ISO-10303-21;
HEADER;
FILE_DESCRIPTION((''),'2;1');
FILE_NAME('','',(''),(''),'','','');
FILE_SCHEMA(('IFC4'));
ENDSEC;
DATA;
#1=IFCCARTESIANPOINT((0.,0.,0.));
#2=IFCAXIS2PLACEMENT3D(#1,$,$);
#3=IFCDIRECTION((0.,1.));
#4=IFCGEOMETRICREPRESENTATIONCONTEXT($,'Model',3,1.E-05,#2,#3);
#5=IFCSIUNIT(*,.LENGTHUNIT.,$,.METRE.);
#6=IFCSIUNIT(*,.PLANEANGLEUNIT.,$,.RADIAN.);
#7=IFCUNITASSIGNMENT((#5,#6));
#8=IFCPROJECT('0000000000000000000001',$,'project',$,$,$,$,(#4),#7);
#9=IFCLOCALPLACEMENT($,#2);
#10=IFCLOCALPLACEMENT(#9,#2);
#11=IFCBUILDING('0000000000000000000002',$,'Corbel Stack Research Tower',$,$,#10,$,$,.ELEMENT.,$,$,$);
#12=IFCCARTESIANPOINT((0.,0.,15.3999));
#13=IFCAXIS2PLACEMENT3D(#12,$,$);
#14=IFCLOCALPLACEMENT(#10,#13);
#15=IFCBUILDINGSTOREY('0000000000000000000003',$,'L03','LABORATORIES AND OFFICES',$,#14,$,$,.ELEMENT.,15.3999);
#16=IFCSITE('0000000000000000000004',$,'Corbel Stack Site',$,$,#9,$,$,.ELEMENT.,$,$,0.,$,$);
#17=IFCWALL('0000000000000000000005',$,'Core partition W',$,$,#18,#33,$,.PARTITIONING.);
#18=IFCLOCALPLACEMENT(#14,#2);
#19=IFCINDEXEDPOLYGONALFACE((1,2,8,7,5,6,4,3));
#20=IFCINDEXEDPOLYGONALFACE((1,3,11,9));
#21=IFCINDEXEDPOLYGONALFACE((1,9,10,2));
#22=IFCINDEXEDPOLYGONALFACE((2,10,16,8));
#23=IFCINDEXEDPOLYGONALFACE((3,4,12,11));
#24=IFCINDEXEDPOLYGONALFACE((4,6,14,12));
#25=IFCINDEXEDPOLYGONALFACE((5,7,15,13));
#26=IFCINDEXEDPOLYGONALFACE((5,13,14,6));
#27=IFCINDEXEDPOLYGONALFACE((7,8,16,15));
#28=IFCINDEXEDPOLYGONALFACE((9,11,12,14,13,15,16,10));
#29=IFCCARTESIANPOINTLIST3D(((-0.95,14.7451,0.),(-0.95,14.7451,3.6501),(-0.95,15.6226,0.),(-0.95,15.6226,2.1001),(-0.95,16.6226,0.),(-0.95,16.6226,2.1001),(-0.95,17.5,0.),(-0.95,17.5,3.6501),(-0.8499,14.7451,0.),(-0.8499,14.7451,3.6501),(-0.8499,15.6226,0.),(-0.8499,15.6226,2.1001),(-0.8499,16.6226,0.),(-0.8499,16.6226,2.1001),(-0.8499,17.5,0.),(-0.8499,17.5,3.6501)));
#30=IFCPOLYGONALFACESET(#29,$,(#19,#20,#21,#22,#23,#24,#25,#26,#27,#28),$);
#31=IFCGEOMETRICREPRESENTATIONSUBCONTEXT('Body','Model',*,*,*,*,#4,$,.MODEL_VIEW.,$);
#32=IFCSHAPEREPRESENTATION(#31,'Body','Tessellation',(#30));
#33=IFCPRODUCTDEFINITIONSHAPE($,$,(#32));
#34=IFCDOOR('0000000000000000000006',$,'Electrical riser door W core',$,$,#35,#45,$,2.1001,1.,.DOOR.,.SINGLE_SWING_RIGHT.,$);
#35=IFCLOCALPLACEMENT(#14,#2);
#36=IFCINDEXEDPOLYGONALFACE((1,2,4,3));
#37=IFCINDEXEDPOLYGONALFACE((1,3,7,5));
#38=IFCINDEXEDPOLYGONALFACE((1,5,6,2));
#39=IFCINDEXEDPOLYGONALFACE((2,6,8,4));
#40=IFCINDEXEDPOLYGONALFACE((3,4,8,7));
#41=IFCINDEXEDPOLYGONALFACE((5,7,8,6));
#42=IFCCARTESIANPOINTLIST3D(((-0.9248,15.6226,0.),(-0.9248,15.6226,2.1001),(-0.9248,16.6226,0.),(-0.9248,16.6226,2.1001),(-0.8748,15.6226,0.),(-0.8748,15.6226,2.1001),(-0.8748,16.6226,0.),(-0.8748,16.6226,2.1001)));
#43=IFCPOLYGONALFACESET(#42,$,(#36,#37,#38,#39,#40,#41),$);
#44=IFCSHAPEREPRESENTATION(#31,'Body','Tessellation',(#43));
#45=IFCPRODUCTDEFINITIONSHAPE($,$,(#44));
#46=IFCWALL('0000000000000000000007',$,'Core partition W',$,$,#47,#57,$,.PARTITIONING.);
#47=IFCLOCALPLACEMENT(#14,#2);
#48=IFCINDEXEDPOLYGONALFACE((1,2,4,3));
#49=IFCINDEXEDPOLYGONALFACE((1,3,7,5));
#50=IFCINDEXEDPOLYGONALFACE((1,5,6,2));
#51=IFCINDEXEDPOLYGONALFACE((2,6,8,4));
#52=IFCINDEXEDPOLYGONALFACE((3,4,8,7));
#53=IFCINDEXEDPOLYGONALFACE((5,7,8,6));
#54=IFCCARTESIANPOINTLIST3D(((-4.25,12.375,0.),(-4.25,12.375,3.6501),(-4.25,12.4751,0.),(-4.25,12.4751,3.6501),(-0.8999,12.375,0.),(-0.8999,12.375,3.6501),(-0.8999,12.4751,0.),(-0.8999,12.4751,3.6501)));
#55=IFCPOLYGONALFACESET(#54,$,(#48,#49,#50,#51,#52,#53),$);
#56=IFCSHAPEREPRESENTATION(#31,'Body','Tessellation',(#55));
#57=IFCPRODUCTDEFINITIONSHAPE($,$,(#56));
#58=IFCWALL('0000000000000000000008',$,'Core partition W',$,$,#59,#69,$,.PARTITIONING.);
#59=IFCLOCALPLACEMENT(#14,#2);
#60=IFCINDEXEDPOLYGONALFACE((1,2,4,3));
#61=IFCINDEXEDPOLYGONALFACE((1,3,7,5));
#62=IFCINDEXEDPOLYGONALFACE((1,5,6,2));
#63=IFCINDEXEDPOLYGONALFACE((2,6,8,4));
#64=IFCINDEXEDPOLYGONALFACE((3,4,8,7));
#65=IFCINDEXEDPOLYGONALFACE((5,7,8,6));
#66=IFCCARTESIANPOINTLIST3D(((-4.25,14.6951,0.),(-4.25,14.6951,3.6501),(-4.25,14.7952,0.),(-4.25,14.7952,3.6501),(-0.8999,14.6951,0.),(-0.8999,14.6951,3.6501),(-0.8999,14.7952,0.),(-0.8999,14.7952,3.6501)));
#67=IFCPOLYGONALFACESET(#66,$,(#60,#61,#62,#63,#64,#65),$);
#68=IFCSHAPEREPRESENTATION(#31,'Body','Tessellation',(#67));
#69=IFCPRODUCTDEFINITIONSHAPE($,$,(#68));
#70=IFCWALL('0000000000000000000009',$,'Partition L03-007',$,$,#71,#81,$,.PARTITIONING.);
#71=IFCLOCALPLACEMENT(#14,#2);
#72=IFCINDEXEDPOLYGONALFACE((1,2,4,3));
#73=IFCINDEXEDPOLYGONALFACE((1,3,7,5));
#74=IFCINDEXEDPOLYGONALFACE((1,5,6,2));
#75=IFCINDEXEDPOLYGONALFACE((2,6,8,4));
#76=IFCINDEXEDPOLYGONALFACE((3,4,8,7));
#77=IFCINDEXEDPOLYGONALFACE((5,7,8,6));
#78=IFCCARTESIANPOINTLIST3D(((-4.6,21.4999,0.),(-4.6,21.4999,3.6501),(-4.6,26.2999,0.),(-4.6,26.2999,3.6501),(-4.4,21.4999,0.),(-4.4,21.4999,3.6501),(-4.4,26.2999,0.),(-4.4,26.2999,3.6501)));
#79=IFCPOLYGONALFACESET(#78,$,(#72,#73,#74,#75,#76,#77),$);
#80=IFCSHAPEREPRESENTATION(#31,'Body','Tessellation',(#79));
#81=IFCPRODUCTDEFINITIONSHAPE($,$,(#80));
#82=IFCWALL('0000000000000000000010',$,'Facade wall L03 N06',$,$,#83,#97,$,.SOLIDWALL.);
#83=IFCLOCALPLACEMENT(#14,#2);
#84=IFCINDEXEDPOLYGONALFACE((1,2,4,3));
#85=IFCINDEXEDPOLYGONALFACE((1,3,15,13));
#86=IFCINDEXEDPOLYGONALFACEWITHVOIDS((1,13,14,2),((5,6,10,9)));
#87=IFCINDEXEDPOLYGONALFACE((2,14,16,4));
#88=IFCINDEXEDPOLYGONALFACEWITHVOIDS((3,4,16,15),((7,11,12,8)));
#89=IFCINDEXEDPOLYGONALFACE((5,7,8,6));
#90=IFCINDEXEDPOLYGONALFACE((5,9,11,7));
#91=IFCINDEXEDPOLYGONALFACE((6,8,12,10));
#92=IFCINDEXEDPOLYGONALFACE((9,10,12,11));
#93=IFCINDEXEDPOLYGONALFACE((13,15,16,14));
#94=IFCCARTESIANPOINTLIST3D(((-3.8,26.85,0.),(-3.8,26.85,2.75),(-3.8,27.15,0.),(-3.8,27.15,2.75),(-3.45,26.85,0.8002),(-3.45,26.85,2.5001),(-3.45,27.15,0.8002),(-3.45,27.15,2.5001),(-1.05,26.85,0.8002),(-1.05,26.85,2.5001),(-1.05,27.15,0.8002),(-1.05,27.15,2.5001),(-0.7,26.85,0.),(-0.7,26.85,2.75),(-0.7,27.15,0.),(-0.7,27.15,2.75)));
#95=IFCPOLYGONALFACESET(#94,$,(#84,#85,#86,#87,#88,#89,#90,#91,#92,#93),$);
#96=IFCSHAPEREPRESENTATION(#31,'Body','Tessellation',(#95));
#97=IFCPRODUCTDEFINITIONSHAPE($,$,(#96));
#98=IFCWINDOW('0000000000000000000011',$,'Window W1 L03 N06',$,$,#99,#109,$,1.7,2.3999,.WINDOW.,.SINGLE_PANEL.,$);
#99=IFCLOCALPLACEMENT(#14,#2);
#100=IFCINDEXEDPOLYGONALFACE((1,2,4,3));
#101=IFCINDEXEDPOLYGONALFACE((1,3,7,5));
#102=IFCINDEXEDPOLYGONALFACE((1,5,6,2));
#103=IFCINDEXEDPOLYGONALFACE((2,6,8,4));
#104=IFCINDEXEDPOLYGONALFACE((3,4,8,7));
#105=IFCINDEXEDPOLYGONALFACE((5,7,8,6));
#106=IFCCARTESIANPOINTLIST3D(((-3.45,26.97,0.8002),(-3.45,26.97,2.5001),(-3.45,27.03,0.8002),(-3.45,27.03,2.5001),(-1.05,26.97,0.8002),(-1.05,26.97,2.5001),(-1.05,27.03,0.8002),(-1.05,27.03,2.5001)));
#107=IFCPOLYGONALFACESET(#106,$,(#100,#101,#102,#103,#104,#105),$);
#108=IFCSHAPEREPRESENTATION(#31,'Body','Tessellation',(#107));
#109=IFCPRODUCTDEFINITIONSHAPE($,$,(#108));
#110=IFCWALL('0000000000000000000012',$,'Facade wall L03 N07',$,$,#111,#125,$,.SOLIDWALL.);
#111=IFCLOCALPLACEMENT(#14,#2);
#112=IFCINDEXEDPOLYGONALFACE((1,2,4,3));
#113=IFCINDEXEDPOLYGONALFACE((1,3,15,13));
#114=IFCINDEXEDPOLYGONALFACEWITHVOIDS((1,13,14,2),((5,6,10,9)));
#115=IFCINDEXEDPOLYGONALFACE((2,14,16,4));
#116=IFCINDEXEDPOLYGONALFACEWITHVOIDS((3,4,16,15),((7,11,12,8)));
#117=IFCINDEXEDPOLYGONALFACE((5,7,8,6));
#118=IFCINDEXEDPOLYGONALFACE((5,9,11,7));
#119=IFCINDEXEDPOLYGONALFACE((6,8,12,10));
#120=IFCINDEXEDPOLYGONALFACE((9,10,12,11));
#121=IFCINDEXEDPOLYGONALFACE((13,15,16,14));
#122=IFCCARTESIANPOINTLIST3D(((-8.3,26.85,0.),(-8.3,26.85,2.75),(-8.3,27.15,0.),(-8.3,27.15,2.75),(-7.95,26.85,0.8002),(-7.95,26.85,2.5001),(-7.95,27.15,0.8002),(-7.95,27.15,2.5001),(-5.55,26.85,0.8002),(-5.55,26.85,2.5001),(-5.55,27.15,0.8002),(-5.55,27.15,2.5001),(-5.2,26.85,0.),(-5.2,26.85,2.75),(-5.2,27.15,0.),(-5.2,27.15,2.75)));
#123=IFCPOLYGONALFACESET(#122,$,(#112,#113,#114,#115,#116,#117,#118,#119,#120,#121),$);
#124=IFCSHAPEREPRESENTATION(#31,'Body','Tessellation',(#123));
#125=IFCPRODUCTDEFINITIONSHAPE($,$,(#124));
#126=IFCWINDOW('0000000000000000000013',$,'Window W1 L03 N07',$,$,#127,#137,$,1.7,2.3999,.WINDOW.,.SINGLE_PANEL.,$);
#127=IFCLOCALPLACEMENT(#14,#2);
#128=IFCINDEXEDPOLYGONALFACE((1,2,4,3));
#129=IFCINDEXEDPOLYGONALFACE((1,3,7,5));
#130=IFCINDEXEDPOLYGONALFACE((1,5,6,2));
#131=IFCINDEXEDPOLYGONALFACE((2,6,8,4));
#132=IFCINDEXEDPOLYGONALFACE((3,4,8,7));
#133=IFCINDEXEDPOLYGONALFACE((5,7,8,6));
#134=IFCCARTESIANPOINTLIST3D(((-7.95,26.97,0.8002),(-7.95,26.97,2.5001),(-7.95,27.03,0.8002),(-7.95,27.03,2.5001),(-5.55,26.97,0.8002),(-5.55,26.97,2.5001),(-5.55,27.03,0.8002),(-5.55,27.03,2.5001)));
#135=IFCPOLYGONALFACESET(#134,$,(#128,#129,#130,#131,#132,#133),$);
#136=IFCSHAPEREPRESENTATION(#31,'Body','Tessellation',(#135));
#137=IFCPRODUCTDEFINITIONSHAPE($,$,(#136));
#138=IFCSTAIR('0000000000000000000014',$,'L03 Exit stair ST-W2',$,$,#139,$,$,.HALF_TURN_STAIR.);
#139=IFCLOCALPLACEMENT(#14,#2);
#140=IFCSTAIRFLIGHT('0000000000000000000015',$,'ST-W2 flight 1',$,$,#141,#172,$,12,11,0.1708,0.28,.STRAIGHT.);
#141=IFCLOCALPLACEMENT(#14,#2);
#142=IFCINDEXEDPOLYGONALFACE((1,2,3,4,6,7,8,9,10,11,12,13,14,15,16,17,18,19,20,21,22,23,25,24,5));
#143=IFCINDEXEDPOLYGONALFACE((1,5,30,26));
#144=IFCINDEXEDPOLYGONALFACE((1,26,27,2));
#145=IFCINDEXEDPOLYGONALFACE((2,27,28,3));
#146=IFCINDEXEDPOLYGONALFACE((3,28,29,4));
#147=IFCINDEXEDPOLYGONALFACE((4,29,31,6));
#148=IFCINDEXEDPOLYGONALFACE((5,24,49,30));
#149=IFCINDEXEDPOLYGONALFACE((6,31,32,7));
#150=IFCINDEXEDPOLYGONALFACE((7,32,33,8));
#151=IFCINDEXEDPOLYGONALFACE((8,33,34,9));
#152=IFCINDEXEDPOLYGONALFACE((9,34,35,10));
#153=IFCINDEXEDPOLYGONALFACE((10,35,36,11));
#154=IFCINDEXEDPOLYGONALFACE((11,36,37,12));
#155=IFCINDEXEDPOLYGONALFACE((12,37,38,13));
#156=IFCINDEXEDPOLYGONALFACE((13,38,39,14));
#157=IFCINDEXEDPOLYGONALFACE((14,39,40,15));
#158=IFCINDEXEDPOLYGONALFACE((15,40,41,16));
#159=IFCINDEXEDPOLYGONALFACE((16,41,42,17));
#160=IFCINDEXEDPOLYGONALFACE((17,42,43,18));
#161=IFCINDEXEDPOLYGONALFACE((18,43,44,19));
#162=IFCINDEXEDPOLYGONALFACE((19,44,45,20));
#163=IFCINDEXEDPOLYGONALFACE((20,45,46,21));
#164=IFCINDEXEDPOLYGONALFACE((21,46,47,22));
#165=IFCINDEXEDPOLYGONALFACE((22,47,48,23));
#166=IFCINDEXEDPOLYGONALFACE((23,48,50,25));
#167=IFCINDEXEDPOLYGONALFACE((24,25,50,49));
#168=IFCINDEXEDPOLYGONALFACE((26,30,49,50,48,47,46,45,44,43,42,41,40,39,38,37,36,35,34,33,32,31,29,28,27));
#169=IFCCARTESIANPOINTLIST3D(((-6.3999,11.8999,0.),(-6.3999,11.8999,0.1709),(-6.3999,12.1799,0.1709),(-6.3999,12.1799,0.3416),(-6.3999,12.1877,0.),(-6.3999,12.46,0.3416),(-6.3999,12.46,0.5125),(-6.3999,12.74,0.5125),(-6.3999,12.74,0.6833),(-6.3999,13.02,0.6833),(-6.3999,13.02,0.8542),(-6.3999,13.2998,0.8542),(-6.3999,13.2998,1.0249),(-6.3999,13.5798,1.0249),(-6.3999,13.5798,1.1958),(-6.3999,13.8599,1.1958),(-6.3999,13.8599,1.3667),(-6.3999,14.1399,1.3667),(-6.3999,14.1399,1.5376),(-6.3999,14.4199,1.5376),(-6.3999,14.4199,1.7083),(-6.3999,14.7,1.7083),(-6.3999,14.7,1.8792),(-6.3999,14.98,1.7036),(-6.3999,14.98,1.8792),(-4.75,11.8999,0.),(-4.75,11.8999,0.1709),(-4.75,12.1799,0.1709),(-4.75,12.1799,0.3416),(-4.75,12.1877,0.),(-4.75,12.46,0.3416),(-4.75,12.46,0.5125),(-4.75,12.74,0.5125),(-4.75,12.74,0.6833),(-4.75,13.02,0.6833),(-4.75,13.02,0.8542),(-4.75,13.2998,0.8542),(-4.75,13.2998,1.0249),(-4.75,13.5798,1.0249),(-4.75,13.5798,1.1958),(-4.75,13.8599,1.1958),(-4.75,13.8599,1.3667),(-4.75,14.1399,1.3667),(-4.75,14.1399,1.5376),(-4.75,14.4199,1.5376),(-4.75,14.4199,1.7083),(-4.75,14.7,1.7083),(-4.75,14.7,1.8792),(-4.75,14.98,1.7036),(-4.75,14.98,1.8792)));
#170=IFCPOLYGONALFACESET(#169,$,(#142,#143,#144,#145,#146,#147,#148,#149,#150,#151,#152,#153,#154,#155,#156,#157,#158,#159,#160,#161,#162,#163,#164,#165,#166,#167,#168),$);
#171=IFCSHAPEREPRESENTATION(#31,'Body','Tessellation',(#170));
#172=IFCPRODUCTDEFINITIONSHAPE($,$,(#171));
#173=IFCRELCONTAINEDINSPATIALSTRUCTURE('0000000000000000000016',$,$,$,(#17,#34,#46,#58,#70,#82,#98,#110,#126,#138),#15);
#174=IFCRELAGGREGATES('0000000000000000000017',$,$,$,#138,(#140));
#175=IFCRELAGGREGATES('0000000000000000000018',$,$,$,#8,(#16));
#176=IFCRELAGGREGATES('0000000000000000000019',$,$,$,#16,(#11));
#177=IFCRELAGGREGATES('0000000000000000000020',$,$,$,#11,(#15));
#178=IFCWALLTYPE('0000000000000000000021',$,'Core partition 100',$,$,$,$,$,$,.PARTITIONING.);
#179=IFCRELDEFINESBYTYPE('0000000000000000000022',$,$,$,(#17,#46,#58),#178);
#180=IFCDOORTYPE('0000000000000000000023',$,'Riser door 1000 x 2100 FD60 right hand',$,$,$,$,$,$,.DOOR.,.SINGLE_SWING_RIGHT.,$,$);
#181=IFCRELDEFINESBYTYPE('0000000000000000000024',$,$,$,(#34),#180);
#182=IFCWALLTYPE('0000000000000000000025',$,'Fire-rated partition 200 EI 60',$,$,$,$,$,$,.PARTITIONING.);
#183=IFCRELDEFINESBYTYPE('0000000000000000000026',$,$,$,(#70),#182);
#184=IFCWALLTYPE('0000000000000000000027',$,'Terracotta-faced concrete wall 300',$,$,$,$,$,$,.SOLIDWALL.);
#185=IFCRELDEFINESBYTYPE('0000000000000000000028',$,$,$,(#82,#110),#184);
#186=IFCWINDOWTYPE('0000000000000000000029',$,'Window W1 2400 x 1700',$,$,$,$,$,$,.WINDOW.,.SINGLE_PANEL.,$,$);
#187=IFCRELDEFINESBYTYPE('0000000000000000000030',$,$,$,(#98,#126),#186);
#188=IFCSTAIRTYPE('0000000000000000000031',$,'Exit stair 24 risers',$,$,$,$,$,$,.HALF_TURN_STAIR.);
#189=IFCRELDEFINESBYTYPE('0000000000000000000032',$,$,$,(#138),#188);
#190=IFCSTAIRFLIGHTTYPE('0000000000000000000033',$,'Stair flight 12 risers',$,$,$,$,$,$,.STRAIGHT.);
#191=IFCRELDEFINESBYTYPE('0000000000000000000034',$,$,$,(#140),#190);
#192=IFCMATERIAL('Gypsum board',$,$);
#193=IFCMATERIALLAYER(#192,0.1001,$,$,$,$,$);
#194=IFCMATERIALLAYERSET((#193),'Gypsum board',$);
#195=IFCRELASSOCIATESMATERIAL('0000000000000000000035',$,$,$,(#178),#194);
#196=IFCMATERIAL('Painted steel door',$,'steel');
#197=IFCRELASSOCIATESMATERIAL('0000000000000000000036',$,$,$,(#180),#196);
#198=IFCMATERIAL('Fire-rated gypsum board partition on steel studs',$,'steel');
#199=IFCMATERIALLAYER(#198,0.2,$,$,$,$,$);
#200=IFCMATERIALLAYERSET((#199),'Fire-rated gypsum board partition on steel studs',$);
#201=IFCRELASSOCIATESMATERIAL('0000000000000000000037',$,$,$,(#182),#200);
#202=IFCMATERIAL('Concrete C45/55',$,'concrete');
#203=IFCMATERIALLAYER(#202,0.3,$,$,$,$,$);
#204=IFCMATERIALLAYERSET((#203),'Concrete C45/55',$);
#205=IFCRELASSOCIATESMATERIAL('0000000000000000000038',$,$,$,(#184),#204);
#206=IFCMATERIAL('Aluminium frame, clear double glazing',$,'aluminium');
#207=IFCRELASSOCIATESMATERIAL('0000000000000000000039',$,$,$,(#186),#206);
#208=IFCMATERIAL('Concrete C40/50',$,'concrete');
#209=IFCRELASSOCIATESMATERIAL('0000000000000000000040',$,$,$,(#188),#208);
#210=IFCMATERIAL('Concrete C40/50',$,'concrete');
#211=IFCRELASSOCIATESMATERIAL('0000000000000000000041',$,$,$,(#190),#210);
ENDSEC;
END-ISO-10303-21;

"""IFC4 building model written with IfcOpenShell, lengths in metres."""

from ifc_helpers import new_model, si_unit, direction, frame, frame_2d, origin, place, context, subcontext, project, spatial, polyline, rectangle, outline, extrude, material, layer, layer_set, type_object, element, fill, aggregate, save


model = new_model("IFC4")

# Units and contexts
model_context = context("Model", 3, precision=1e-05, world=origin(), true_north=direction((0.0, 1.0)))
body_context = subcontext(model_context, "Body", "Model", "MODEL_VIEW")
ifc_project = project(units=[si_unit("LENGTHUNIT", "METRE"), si_unit("PLANEANGLEUNIT", "RADIAN")], contexts=[model_context])

# Site, building, storey
site_placement = place(None, origin())
site = spatial("IfcSite", under=ifc_project, at=site_placement, Name="Corbel Stack Site", CompositionType="ELEMENT", RefElevation=0.0)
building_placement = place(site_placement, origin())
building = spatial("IfcBuilding", under=site, at=building_placement, Name="Corbel Stack Research Tower", CompositionType="ELEMENT")
storey_placement = place(building_placement, frame((0.0, 0.0, 15.3999)))
storey = spatial("IfcBuildingStorey", under=building, at=storey_placement, Name="L03", Description="LABORATORIES AND OFFICES", CompositionType="ELEMENT", Elevation=15.3999)

# Wall, opening, door
ifc_material_1 = material(Name="Gypsum board")
ifc_layer_1 = layer(ifc_material_1, 0.1001)
ifc_layer_set_1 = layer_set([ifc_layer_1], Name="Gypsum board")
wall_type_1 = type_object("IfcWallType", Name="Core partition 100", PredefinedType="PARTITIONING", material=ifc_layer_set_1)
wall_1_placement = place(storey_placement, frame((-0.8999, 14.7451, 0.0), z_axis=(0.0, 0.0, 1.0), x_axis=(0.0, 1.0, 0.0)))
wall_1 = element("IfcWall", 1, at=wall_1_placement, inside=storey, type_object=wall_type_1, Name="Core partition W", PredefinedType="PARTITIONING", context=body_context, shape_type="SweptSolid", body=[
    extrude(rectangle(XDim=2.7549, YDim=0.1001, at=frame_2d((1.3774, 0.0))), origin(), (0.0, 0.0, 1.0), 3.6501),
])
opening_1_placement = place(wall_1_placement, frame((0.8774, 0.0, 0.0)))
opening_1 = element("IfcOpeningElement", 2, at=opening_1_placement, cuts=wall_1, PredefinedType="OPENING", context=body_context, shape_type="SweptSolid", body=[
    extrude(rectangle(XDim=1.0, YDim=2.1001, at=frame_2d((0.5, 1.05))), frame((0.0, 0.0601, 0.0), z_axis=(0.0, -1.0, 0.0), x_axis=(1.0, 0.0, 0.0)), (0.0, 0.0, 1.0), 0.1201),
])
ifc_material_2 = material(Name="Painted steel door", Category="steel")
door_type_1 = type_object("IfcDoorType", Name="Riser door 1000 x 2100 FD60 right hand", OperationType="SINGLE_SWING_RIGHT", PredefinedType="DOOR", material=ifc_material_2)
door_1_placement = place(opening_1_placement, origin())
door_1 = element("IfcDoor", 3, at=door_1_placement, inside=storey, type_object=door_type_1, Name="Electrical riser door W core", OperationType="SINGLE_SWING_RIGHT", OverallHeight=2.1001, OverallWidth=1.0, PredefinedType="DOOR", context=body_context, shape_type="SweptSolid", body=[
    extrude(rectangle(XDim=1.0, YDim=2.1001, at=frame_2d((0.5, 1.05))), frame((0.0, 0.0249, 0.0), z_axis=(0.0, -1.0, 0.0), x_axis=(1.0, 0.0, 0.0)), (0.0, 0.0, 1.0), 0.05),
])
fill(opening_1, door_1)

# Walls
for number, where, z_axis, x_axis, name in (
    (4, (-4.25, 12.425, 0.0), (0.0, 0.0, 1.0), (1.0, 0.0, 0.0), "Core partition W"),
    (5, (-4.25, 14.7451, 0.0), (0.0, 0.0, 1.0), (1.0, 0.0, 0.0), "Core partition W"),
):
    element("IfcWall", number, at=place(storey_placement, frame(where, z_axis=z_axis, x_axis=x_axis)), inside=storey, type_object=wall_type_1, Name=name, PredefinedType="PARTITIONING", context=body_context, shape_type="SweptSolid", body=[
        extrude(rectangle(XDim=3.3501, YDim=0.1001, at=frame_2d((1.675, 0.0))), origin(), (0.0, 0.0, 1.0), 3.6501),
    ])
ifc_material_3 = material(Name="Fire-rated gypsum board partition on steel studs", Category="steel")
ifc_layer_2 = layer(ifc_material_3, 0.2)
ifc_layer_set_2 = layer_set([ifc_layer_2], Name="Fire-rated gypsum board partition on steel studs")
wall_type_2 = type_object("IfcWallType", Name="Fire-rated partition 200 EI 60", PredefinedType="PARTITIONING", material=ifc_layer_set_2)
wall_2_placement = place(storey_placement, frame((-4.5, 21.5, 0.0), z_axis=(0.0, 0.0, 1.0), x_axis=(0.0, 1.0, 0.0)))
element("IfcWall", 6, at=wall_2_placement, inside=storey, type_object=wall_type_2, Name="Partition L03-007", PredefinedType="PARTITIONING", context=body_context, shape_type="SweptSolid", body=[
    extrude(rectangle(XDim=4.8, YDim=0.2, at=frame_2d((2.3999, 0.0))), origin(), (0.0, 0.0, 1.0), 3.6501),
])

# Walls, openings, windows
ifc_material_4 = material(Name="Concrete C45/55", Category="concrete")
ifc_layer_3 = layer(ifc_material_4, 0.3)
ifc_layer_set_3 = layer_set([ifc_layer_3], Name="Concrete C45/55")
wall_type_3 = type_object("IfcWallType", Name="Terracotta-faced concrete wall 300", PredefinedType="SOLIDWALL", material=ifc_layer_set_3)
wall_3_placement = place(storey_placement, frame((-3.8, 27.0, 0.0), z_axis=(0.0, 0.0, 1.0), x_axis=(1.0, 0.0, 0.0)))
wall_3 = element("IfcWall", 7, at=wall_3_placement, inside=storey, type_object=wall_type_3, Name="Facade wall L03 N06", PredefinedType="SOLIDWALL", context=body_context, shape_type="SweptSolid", body=[
    extrude(rectangle(XDim=3.1001, YDim=0.3, at=frame_2d((1.55, 0.0))), origin(), (0.0, 0.0, 1.0), 2.75),
])
opening_2_placement = place(wall_3_placement, frame((0.3501, 0.0, 0.8)))
opening_2 = element("IfcOpeningElement", 8, at=opening_2_placement, cuts=wall_3, PredefinedType="OPENING", context=body_context, shape_type="SweptSolid", body=[
    extrude(rectangle(XDim=2.3999, YDim=1.7, at=frame_2d((1.2, 0.8501))), frame((0.0, 0.1599, 0.0), z_axis=(0.0, -1.0, 0.0), x_axis=(1.0, 0.0, 0.0)), (0.0, 0.0, 1.0), 0.3201),
])
ifc_material_5 = material(Name="Aluminium frame, clear double glazing", Category="aluminium")
window_type = type_object("IfcWindowType", Name="Window W1 2400 x 1700", PartitioningType="SINGLE_PANEL", PredefinedType="WINDOW", material=ifc_material_5)
window_1_placement = place(opening_2_placement, origin())
window_1 = element("IfcWindow", 9, at=window_1_placement, inside=storey, type_object=window_type, Name="Window W1 L03 N06", OverallHeight=1.7, OverallWidth=2.3999, PartitioningType="SINGLE_PANEL", PredefinedType="WINDOW", context=body_context, shape_type="SweptSolid", body=[
    extrude(rectangle(XDim=2.3999, YDim=1.7, at=frame_2d((1.2, 0.8501))), frame((0.0, 0.03, 0.0), z_axis=(0.0, -1.0, 0.0), x_axis=(1.0, 0.0, 0.0)), (0.0, 0.0, 1.0), 0.0601),
])
fill(opening_2, window_1)
wall_4_placement = place(storey_placement, frame((-8.3, 27.0, 0.0), z_axis=(0.0, 0.0, 1.0), x_axis=(1.0, 0.0, 0.0)))
wall_4 = element("IfcWall", 10, at=wall_4_placement, inside=storey, type_object=wall_type_3, Name="Facade wall L03 N07", PredefinedType="SOLIDWALL", context=body_context, shape_type="SweptSolid", body=[
    extrude(rectangle(XDim=3.1001, YDim=0.3, at=frame_2d((1.55, 0.0))), origin(), (0.0, 0.0, 1.0), 2.75),
])
opening_3_placement = place(wall_4_placement, frame((0.3501, 0.0, 0.8)))
opening_3 = element("IfcOpeningElement", 11, at=opening_3_placement, cuts=wall_4, PredefinedType="OPENING", context=body_context, shape_type="SweptSolid", body=[
    extrude(rectangle(XDim=2.3999, YDim=1.7, at=frame_2d((1.2, 0.8501))), frame((0.0, 0.1599, 0.0), z_axis=(0.0, -1.0, 0.0), x_axis=(1.0, 0.0, 0.0)), (0.0, 0.0, 1.0), 0.3201),
])
window_2_placement = place(opening_3_placement, origin())
window_2 = element("IfcWindow", 12, at=window_2_placement, inside=storey, type_object=window_type, Name="Window W1 L03 N07", OverallHeight=1.7, OverallWidth=2.3999, PartitioningType="SINGLE_PANEL", PredefinedType="WINDOW", context=body_context, shape_type="SweptSolid", body=[
    extrude(rectangle(XDim=2.3999, YDim=1.7, at=frame_2d((1.2, 0.8501))), frame((0.0, 0.03, 0.0), z_axis=(0.0, -1.0, 0.0), x_axis=(1.0, 0.0, 0.0)), (0.0, 0.0, 1.0), 0.0601),
])
fill(opening_3, window_2)

# Stair, stair flight
ifc_material_6 = material(Name="Concrete C40/50", Category="concrete")
stair_type = type_object("IfcStairType", Name="Exit stair 24 risers", PredefinedType="HALF_TURN_STAIR", material=ifc_material_6)
stair_placement = place(storey_placement, origin())
stair = element("IfcStair", 13, at=stair_placement, inside=storey, type_object=stair_type, Name="L03 Exit stair ST-W2", PredefinedType="HALF_TURN_STAIR")
ifc_material_7 = material(Name="Concrete C40/50", Category="concrete")
stair_flight_type = type_object("IfcStairFlightType", Name="Stair flight 12 risers", PredefinedType="STRAIGHT", material=ifc_material_7)
stair_flight_1_placement = place(storey_placement, frame((-5.575, 11.8999, 0.0), z_axis=(0.0, 0.0, 1.0), x_axis=(0.0, 1.0, 0.0)))
stair_flight_1 = element("IfcStairFlight", 14, at=stair_flight_1_placement, type_object=stair_flight_type, Name="ST-W2 flight 1", NumberOfRisers=12, NumberOfTreads=11, PredefinedType="STRAIGHT", RiserHeight=0.1708, TreadLength=0.28, context=body_context, shape_type="SweptSolid", body=[
    extrude(outline(polyline([(0.0, 0.0), (0.0, 0.1709), (0.28, 0.1709), (0.28, 0.3416), (0.5601, 0.3416), (0.5601, 0.5125), (0.8401, 0.5125), (0.8401, 0.6833), (1.1201, 0.6833), (1.1201, 0.8542), (1.3999, 0.8542), (1.3999, 1.0249), (1.6799, 1.0249), (1.6799, 1.1958), (1.96, 1.1958), (1.96, 1.3667), (2.24, 1.3667), (2.24, 1.5376), (2.52, 1.5376), (2.52, 1.7083), (2.8, 1.7083), (2.8, 1.8792), (3.0801, 1.8792), (3.0801, 2.05), (3.0801, 1.7036), (0.2878, 0.0), (0.0, 0.0)])), frame((0.0, 0.825, 0.0), z_axis=(0.0, -1.0, 0.0), x_axis=(1.0, 0.0, 0.0)), (0.0, 0.0, 1.0), 1.6499),
])
aggregate(stair, [stair_flight_1])

save(model, "model.ifc")
